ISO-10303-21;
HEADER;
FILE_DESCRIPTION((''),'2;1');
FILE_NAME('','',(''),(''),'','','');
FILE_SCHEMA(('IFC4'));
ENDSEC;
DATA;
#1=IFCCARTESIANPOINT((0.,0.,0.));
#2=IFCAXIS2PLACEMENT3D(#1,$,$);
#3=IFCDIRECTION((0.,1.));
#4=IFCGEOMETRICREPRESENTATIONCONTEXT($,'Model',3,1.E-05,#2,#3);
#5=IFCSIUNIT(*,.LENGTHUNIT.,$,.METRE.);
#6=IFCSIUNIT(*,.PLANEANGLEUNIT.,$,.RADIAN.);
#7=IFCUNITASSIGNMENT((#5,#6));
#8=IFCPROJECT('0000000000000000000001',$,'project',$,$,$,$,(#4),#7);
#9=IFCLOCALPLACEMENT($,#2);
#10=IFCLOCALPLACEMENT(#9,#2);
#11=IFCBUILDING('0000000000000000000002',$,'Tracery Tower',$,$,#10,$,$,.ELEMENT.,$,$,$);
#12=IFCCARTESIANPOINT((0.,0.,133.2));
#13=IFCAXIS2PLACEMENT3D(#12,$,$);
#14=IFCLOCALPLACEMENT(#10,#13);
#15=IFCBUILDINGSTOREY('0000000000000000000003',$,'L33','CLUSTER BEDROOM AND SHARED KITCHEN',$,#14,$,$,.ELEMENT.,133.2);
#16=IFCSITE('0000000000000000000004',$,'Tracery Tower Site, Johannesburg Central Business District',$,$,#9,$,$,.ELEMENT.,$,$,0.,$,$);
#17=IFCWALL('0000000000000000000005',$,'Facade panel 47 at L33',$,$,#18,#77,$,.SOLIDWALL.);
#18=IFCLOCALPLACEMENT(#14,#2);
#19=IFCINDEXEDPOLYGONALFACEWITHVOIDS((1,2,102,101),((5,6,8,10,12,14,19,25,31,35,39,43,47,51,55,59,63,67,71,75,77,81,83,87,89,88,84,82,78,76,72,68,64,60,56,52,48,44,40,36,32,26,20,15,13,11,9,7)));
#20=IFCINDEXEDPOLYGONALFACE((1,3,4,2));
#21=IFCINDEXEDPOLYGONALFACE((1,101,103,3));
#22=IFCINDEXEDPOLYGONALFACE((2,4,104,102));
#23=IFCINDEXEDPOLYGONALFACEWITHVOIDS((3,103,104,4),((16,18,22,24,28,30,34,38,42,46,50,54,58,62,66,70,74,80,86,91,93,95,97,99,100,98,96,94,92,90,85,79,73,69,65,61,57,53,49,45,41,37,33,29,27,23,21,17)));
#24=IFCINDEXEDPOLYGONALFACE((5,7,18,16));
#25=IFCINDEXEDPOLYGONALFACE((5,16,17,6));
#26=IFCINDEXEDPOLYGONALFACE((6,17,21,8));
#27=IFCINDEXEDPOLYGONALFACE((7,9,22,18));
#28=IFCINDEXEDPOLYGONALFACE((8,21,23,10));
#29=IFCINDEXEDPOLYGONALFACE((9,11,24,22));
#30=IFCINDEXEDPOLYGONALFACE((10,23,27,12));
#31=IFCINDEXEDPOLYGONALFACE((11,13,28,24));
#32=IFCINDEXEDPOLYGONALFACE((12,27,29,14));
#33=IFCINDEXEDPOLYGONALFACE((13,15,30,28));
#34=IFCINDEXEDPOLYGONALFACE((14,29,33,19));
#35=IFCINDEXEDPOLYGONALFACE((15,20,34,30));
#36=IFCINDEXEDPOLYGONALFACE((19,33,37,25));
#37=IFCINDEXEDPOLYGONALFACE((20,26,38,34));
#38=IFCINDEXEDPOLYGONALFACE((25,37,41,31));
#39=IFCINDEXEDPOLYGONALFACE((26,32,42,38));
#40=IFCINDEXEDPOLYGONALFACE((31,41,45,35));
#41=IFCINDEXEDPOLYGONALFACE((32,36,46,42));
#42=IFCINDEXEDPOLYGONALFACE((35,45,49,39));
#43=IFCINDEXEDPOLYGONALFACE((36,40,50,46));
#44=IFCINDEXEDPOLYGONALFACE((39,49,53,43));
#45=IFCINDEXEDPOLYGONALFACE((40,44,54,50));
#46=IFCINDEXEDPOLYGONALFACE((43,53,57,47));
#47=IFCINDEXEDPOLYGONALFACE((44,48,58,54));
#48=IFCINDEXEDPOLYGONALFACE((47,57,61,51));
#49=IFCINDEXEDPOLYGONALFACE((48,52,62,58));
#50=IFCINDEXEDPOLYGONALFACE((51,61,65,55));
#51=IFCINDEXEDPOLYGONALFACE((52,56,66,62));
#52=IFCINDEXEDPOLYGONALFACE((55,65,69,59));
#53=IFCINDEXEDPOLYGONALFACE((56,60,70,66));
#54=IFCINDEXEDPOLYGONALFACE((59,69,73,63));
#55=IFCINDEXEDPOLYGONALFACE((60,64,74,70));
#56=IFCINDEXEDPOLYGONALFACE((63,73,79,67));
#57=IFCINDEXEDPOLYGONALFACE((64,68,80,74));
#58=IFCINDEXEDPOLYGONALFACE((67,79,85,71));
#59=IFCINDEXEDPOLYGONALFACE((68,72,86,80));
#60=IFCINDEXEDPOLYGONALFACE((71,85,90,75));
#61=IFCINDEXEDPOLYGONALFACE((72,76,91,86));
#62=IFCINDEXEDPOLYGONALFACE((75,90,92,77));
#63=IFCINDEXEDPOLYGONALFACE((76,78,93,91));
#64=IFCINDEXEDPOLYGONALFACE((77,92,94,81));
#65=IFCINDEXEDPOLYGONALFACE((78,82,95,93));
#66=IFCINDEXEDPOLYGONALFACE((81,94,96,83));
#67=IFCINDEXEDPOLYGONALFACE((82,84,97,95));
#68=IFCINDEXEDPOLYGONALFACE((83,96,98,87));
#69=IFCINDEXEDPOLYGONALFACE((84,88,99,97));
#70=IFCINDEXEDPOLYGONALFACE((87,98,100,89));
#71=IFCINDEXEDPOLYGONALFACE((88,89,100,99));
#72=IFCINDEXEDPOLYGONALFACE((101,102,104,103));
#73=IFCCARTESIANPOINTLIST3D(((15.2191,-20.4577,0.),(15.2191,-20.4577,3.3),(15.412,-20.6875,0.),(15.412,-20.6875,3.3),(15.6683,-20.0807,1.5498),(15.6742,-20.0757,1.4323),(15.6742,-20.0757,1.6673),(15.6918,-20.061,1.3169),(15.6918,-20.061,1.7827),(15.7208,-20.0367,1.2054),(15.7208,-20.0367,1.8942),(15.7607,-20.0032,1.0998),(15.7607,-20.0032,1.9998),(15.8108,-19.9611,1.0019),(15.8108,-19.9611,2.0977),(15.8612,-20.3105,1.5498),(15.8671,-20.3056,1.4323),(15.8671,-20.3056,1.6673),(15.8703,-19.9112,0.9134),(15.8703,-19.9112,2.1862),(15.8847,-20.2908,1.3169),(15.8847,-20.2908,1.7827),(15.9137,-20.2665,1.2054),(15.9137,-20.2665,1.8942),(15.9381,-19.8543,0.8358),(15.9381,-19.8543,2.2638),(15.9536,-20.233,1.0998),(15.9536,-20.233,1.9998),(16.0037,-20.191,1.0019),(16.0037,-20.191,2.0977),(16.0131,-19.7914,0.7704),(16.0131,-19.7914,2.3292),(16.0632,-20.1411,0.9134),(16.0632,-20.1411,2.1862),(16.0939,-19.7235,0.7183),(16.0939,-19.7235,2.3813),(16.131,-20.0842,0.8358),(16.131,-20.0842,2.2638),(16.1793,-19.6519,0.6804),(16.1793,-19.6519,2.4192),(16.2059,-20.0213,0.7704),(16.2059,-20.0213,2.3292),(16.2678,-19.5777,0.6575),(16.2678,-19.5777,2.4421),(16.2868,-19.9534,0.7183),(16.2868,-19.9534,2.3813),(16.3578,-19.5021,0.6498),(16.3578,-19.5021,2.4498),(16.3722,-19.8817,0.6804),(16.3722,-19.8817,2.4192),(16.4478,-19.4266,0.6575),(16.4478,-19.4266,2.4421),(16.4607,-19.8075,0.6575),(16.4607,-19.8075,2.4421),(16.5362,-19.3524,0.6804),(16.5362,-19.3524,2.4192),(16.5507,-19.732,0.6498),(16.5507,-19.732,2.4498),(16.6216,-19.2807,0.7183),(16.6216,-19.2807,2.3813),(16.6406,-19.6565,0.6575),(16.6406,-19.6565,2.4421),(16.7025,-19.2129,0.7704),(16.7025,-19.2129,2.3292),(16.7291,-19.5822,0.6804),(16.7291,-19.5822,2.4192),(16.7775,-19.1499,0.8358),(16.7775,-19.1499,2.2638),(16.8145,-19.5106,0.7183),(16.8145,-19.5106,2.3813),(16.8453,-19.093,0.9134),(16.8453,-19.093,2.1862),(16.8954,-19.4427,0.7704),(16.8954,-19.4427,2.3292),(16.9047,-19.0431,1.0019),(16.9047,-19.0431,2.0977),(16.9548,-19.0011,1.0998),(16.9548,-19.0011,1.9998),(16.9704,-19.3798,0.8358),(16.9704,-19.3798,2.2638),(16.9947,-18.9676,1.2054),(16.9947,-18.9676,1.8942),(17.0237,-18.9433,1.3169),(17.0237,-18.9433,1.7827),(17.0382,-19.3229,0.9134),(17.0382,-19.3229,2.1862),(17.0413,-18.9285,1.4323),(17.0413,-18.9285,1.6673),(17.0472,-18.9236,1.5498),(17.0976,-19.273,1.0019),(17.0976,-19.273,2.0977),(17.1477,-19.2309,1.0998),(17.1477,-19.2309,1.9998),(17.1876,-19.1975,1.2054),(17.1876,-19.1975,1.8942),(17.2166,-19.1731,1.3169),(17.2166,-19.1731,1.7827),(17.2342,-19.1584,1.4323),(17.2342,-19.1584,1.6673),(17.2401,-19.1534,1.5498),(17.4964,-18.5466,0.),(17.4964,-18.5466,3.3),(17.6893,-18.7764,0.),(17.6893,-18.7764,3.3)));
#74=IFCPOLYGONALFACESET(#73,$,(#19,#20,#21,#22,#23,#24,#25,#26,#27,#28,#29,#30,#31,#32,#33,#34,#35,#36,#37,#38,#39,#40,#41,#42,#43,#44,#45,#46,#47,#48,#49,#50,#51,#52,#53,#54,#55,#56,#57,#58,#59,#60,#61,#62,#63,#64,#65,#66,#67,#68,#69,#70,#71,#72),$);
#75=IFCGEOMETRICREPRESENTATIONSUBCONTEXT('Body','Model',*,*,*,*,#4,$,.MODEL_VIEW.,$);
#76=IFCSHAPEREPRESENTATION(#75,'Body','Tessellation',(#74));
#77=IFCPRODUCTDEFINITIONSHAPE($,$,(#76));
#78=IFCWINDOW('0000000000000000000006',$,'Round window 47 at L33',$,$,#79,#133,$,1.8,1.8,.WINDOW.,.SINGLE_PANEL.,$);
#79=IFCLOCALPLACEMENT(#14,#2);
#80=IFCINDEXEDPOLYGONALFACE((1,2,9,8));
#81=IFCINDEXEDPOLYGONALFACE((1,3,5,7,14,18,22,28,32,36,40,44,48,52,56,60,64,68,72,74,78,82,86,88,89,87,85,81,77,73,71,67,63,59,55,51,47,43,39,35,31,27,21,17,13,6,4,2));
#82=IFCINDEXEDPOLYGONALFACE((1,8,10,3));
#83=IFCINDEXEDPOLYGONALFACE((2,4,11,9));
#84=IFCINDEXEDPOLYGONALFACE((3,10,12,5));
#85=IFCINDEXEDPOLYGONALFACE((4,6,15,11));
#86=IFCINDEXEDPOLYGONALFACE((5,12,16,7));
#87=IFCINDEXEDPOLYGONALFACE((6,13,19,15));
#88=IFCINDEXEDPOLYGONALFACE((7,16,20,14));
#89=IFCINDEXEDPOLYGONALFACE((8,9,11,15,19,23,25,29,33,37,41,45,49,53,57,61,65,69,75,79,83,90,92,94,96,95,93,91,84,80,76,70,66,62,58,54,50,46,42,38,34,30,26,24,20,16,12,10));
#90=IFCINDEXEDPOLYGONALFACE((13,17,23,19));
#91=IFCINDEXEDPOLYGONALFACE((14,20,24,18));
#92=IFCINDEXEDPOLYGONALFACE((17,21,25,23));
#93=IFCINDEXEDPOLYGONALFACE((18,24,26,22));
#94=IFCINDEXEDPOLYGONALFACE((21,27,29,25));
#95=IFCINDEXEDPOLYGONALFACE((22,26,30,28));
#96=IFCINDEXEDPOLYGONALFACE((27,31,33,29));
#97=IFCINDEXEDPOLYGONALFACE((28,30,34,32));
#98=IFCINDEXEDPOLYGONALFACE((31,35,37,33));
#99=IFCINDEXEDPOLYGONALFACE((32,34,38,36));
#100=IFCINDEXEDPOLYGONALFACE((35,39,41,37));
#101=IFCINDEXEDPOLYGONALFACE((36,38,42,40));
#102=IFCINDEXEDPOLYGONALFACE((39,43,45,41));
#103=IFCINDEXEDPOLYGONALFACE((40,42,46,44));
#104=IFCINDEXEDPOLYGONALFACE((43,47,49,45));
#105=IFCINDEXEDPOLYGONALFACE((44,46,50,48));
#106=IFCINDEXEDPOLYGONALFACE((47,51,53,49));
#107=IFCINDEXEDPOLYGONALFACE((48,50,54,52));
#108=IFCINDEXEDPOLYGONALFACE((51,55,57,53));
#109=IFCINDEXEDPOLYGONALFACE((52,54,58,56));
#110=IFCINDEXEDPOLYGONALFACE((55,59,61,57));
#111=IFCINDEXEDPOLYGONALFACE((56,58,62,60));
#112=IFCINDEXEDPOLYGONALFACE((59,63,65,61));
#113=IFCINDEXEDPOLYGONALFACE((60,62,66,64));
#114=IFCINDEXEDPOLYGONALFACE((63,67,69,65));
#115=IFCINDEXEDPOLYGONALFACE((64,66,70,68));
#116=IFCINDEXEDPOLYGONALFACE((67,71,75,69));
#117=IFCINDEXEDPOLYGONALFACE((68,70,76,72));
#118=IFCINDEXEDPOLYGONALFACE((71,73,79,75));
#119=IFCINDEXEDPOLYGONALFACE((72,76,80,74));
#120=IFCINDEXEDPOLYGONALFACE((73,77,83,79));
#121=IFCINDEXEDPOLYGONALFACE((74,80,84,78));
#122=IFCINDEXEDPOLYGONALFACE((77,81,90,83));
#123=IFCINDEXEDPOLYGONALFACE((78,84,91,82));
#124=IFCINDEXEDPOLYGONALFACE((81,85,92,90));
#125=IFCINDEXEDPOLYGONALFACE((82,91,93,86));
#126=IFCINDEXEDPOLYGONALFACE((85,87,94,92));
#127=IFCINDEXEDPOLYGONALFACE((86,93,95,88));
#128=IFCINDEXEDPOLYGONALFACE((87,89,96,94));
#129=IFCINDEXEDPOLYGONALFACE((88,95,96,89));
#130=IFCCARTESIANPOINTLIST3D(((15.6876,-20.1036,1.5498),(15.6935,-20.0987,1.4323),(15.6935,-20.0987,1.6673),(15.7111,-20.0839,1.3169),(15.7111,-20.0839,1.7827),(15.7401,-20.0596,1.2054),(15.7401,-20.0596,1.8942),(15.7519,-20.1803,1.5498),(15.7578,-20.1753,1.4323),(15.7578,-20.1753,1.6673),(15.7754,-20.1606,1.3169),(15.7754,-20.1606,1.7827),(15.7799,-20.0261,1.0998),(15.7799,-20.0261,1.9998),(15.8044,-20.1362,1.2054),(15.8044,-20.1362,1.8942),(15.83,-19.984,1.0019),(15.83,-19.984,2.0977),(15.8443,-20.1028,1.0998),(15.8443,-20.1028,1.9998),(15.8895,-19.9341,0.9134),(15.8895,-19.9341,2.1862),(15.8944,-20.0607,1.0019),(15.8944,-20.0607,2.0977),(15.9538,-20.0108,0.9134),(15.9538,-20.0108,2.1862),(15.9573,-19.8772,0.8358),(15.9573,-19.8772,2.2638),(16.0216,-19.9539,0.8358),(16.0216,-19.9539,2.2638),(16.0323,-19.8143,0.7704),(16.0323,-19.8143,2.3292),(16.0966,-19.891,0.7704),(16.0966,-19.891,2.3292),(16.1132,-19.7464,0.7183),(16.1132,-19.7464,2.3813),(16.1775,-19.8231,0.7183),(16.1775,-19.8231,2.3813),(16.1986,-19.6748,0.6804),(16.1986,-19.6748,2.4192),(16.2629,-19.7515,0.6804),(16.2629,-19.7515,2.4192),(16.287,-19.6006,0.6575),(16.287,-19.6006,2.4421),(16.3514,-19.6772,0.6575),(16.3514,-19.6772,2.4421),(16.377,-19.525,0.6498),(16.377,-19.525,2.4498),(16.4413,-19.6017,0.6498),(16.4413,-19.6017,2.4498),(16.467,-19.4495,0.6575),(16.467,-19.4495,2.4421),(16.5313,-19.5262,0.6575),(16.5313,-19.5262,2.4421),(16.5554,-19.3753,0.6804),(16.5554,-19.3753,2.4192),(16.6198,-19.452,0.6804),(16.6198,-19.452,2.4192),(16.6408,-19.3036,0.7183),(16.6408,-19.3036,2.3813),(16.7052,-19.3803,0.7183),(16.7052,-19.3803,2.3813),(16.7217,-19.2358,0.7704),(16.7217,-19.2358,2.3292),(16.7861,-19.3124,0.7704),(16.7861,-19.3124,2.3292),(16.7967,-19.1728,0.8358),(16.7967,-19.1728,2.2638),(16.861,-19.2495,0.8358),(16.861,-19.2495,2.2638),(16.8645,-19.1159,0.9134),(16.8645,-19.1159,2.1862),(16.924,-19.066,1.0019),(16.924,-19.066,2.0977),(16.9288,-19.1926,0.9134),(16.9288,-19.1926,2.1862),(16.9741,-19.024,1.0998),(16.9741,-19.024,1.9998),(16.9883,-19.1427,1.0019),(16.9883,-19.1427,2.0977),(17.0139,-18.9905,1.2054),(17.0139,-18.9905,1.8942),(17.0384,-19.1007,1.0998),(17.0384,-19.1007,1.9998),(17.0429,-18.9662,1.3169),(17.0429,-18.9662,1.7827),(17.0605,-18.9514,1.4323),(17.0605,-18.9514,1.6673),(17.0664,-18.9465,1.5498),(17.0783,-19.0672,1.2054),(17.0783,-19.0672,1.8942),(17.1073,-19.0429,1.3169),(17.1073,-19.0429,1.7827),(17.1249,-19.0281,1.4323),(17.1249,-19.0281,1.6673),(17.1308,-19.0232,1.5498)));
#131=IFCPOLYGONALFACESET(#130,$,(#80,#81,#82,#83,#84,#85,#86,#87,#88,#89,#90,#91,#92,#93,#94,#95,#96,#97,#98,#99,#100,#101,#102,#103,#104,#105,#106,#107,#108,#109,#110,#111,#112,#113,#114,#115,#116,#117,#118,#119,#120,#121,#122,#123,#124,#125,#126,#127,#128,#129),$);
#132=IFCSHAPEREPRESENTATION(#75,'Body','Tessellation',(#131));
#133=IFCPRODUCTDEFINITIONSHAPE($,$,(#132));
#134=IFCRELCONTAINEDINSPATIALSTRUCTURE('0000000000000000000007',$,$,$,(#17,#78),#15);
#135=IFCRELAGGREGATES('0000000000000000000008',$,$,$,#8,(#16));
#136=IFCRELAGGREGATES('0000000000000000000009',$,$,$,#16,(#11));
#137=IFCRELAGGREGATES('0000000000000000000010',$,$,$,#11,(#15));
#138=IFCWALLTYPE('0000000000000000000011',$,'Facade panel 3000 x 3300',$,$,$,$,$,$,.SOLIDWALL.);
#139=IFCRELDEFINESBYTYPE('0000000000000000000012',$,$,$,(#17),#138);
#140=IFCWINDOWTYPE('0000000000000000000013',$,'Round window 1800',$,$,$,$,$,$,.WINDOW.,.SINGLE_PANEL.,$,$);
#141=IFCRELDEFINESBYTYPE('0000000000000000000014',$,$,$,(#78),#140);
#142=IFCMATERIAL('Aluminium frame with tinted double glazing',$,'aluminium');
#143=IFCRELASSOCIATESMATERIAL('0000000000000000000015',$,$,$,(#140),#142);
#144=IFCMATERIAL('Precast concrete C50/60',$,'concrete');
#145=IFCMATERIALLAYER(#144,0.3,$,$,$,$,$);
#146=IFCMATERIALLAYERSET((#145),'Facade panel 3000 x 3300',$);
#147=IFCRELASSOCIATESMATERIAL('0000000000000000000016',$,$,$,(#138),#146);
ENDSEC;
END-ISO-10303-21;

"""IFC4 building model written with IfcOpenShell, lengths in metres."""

from ifc_helpers import new_model, si_unit, direction, frame, frame_2d, origin, origin_2d, place, context, subcontext, project, spatial, rectangle, circle, extrude, material, layer, layer_set, type_object, element, fill, save


model = new_model("IFC4")

# Units and contexts
model_context = context("Model", 3, precision=1e-05, world=origin(), true_north=direction((0.0, 1.0)))
body_context = subcontext(model_context, "Body", "Model", "MODEL_VIEW")
ifc_project = project(units=[si_unit("LENGTHUNIT", "METRE"), si_unit("PLANEANGLEUNIT", "RADIAN")], contexts=[model_context])

# Site, building, storey
site_placement = place(None, origin())
site = spatial("IfcSite", under=ifc_project, at=site_placement, Name="Tracery Tower Site, Johannesburg Central Business District", CompositionType="ELEMENT", RefElevation=0.0)
building_placement = place(site_placement, origin())
building = spatial("IfcBuilding", under=site, at=building_placement, Name="Tracery Tower", CompositionType="ELEMENT")
storey_placement = place(building_placement, frame((0.0, 0.0, 133.2)))
storey = spatial("IfcBuildingStorey", under=building, at=storey_placement, Name="L33", Description="CLUSTER BEDROOM AND SHARED KITCHEN", CompositionType="ELEMENT", Elevation=133.2)

# Wall, opening, window
ifc_material_1 = material(Name="Aluminium frame with tinted double glazing", Category="aluminium")
window_type = type_object("IfcWindowType", Name="Round window 1800", PartitioningType="SINGLE_PANEL", PredefinedType="WINDOW", material=ifc_material_1)
ifc_material_2 = material(Name="Precast concrete C50/60", Category="concrete")
ifc_layer_1 = layer(ifc_material_2, 0.3)
ifc_layer_set_1 = layer_set([ifc_layer_1], Name="Facade panel 3000 x 3300")
wall_type_1 = type_object("IfcWallType", Name="Facade panel 3000 x 3300", PredefinedType="SOLIDWALL", material=ifc_layer_set_1)
wall_1_placement = place(storey_placement, frame((15.3157, -20.5725, 0.0), z_axis=(0.0, 0.0, 1.0), x_axis=(0.766009, 0.64283, 0.0)))
wall_1 = element("IfcWall", 1, at=wall_1_placement, inside=storey, type_object=wall_type_1, Name="Facade panel 47 at L33", PredefinedType="SOLIDWALL", context=body_context, shape_type="SweptSolid", body=[
    extrude(rectangle(XDim=2.9729, YDim=0.3, at=frame_2d((1.4863, 0.0))), origin(), (0.0, 0.0, 1.0), 3.3),
])
opening_1_placement = place(wall_1_placement, frame((1.4863, 0.0, 1.5498)))
opening_1 = element("IfcOpeningElement", 2, at=opening_1_placement, cuts=wall_1, PredefinedType="OPENING", context=body_context, shape_type="SweptSolid", body=[
    extrude(circle(Radius=0.9, at=origin_2d()), frame((0.0, 0.1599, 0.0), z_axis=(0.0, -1.0, 0.0), x_axis=(1.0, 0.0, 0.0)), (0.0, 0.0, 1.0), 0.3201),
])
window_1_placement = place(opening_1_placement, origin())
window_1 = element("IfcWindow", 3, at=window_1_placement, inside=storey, type_object=window_type, Name="Round window 47 at L33", OverallHeight=1.8, OverallWidth=1.8, PartitioningType="SINGLE_PANEL", PredefinedType="WINDOW", context=body_context, shape_type="SweptSolid", body=[
    extrude(circle(Radius=0.9, at=origin_2d()), frame((0.0, 0.1201, 0.0), z_axis=(0.0, -1.0, 0.0), x_axis=(1.0, 0.0, 0.0)), (0.0, 0.0, 1.0), 0.1001),
])
fill(opening_1, window_1)

save(model, "model.ifc")
